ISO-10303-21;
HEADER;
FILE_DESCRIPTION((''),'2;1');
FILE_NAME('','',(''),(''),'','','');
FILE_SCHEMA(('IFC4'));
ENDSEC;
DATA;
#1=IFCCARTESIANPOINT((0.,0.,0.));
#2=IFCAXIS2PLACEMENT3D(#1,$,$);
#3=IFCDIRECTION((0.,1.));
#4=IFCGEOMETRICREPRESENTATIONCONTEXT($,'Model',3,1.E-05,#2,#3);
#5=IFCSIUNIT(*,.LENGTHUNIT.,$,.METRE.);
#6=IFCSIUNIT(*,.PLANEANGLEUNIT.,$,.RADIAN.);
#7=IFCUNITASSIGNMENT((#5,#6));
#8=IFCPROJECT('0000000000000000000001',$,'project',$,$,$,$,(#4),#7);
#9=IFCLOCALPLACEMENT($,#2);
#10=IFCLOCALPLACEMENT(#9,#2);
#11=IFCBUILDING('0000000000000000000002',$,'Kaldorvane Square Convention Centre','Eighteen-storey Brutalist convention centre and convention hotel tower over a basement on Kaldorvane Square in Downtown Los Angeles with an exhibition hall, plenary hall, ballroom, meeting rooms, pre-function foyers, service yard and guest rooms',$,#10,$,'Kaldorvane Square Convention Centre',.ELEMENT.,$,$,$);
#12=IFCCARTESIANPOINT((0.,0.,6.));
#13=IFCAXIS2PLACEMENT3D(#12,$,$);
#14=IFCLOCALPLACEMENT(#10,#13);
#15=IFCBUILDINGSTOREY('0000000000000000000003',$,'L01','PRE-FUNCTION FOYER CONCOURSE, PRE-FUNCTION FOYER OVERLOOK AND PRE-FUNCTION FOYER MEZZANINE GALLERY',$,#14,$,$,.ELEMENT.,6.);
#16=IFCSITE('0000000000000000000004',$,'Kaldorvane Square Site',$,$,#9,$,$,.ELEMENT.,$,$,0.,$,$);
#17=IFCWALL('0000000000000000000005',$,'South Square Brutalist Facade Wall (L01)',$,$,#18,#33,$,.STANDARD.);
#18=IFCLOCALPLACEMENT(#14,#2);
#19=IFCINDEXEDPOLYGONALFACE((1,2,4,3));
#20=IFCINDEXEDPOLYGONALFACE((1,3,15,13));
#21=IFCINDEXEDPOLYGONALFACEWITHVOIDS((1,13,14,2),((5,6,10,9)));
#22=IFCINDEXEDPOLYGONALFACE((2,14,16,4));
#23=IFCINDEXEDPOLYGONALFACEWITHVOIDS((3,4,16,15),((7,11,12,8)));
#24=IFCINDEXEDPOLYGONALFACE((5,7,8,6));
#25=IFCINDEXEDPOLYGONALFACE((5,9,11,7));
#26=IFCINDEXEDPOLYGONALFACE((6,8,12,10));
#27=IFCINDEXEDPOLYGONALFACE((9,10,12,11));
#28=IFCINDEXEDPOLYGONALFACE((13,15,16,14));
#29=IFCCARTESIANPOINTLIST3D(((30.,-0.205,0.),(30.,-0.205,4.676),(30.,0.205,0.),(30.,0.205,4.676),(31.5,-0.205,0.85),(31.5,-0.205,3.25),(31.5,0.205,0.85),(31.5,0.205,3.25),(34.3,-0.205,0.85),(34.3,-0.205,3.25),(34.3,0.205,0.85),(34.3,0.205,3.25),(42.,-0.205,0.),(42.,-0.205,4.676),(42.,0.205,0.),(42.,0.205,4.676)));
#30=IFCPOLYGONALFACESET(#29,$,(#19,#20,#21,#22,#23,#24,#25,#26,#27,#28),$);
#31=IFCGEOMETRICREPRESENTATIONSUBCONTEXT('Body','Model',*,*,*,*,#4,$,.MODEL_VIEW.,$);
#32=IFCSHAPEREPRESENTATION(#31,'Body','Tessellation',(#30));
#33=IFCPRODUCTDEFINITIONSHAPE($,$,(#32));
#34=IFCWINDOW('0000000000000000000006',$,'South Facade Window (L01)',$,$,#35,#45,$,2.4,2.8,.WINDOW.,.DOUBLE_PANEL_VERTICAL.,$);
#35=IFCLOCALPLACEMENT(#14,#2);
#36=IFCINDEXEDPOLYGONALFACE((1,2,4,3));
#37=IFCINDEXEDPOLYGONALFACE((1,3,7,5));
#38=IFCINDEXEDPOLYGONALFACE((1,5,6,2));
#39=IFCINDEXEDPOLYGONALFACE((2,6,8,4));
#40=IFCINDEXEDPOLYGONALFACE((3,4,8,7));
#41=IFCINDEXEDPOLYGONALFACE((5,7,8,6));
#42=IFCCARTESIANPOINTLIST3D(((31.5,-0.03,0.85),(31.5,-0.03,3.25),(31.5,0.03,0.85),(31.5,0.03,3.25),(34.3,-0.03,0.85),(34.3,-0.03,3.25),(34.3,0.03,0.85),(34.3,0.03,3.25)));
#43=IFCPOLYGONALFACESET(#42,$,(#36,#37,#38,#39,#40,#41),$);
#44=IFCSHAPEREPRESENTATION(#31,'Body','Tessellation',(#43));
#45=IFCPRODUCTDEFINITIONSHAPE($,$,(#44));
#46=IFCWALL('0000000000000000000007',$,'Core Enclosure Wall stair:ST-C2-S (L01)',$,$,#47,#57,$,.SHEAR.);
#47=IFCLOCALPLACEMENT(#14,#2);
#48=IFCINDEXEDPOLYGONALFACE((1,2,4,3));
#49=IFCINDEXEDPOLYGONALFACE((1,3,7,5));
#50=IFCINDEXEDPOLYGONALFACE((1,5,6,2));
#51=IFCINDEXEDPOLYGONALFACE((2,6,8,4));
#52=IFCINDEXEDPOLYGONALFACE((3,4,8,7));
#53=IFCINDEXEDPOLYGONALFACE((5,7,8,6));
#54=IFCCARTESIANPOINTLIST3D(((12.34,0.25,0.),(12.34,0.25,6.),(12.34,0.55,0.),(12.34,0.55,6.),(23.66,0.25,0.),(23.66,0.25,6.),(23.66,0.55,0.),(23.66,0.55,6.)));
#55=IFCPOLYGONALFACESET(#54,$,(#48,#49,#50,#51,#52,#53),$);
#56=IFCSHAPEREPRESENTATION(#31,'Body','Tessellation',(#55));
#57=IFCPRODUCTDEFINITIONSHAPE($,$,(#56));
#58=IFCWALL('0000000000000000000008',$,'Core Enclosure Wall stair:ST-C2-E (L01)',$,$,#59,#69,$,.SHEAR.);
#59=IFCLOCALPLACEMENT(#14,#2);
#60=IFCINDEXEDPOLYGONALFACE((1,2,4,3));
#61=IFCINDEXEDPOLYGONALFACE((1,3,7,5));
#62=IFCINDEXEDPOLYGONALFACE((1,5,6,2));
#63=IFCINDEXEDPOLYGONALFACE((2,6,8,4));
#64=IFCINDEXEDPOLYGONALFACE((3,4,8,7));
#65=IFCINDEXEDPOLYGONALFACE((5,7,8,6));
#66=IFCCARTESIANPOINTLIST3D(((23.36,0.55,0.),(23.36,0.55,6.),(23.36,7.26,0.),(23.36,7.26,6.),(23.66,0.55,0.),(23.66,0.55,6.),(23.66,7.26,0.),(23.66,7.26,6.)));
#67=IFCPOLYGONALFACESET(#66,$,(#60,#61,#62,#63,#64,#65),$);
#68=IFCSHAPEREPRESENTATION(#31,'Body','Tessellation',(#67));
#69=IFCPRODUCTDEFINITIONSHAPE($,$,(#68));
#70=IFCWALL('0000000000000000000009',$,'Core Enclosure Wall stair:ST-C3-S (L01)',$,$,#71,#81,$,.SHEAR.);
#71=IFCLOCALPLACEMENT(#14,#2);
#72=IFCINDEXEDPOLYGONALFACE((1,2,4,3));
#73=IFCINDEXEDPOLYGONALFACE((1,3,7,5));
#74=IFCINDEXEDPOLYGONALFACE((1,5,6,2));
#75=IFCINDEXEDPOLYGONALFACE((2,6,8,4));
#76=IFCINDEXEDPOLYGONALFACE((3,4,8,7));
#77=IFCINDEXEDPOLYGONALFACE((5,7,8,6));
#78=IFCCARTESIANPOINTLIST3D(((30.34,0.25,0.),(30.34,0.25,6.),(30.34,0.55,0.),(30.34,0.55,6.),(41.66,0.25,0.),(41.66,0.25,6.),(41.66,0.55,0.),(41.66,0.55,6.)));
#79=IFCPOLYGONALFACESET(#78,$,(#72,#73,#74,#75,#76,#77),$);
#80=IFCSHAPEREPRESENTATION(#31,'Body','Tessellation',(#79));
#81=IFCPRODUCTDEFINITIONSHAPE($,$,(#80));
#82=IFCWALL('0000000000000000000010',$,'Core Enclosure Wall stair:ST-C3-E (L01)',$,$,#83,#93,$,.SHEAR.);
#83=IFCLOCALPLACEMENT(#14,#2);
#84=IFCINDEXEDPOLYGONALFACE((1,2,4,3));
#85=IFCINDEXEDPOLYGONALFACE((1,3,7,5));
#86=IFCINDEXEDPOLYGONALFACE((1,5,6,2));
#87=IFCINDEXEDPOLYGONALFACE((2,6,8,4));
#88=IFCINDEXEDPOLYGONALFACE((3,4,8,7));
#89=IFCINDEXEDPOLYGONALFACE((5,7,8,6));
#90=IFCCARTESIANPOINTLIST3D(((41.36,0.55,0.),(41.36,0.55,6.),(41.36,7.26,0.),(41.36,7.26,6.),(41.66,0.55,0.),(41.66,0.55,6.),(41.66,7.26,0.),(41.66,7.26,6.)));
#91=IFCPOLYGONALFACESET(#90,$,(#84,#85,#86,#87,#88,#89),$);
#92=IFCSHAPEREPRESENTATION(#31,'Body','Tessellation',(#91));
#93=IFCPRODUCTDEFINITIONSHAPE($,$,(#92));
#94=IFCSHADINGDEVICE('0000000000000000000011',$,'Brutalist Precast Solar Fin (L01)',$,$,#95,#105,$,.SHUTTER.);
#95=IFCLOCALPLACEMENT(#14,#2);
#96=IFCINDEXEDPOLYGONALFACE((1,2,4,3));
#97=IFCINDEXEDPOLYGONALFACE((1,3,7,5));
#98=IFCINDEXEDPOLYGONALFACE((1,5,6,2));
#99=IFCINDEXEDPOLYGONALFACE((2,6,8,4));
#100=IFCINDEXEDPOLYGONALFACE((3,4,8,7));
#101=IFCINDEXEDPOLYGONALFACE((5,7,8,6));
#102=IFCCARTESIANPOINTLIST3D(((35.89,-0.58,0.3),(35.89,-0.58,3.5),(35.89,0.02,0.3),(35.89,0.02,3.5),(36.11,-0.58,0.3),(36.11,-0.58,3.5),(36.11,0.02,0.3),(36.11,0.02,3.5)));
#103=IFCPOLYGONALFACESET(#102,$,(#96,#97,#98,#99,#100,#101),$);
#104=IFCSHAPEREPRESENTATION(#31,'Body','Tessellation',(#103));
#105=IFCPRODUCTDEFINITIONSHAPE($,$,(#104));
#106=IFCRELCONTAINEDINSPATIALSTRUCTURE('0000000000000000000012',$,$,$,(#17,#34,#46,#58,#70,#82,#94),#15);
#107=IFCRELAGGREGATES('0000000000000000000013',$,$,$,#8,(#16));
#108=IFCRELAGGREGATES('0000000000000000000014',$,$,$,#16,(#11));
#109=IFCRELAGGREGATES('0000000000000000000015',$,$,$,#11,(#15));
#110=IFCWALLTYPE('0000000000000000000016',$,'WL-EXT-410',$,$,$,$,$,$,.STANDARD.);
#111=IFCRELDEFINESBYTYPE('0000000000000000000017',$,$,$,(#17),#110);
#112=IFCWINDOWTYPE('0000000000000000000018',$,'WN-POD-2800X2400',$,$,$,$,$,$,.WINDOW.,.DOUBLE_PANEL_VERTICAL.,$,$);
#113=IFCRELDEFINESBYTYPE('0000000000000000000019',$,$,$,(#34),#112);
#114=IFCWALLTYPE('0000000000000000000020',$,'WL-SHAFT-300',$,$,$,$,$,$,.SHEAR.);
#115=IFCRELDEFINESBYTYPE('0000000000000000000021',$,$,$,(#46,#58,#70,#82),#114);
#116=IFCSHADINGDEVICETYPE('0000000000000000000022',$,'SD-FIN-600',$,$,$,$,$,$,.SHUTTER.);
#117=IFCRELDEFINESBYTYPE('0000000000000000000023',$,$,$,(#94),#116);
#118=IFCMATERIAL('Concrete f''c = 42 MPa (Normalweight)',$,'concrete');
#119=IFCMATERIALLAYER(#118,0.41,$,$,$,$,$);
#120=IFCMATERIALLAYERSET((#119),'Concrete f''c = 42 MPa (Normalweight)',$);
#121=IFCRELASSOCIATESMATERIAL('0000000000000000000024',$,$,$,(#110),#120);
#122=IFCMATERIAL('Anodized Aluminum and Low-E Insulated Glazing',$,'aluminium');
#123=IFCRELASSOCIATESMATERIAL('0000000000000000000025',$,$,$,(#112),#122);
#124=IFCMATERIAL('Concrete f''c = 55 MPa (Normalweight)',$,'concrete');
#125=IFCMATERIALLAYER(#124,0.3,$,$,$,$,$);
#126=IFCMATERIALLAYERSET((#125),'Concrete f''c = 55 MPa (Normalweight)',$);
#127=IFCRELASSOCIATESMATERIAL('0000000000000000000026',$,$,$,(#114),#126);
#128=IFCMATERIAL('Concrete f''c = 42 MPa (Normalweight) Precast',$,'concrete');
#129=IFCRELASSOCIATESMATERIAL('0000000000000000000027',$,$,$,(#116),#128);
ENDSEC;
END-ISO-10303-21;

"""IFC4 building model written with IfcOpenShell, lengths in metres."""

from ifc_helpers import new_model, si_unit, direction, frame, frame_2d, origin, origin_2d, place, context, subcontext, project, spatial, rectangle, extrude, material, layer, layer_set, type_object, element, fill, save


model = new_model("IFC4")

# Units and contexts
model_context = context("Model", 3, precision=1e-05, world=origin(), true_north=direction((0.0, 1.0)))
body_context = subcontext(model_context, "Body", "Model", "MODEL_VIEW")
ifc_project = project(units=[si_unit("LENGTHUNIT", "METRE"), si_unit("PLANEANGLEUNIT", "RADIAN")], contexts=[model_context])

# Site, building, storey
site_placement = place(None, origin())
site = spatial("IfcSite", under=ifc_project, at=site_placement, Name="Kaldorvane Square Site", CompositionType="ELEMENT", RefElevation=0.0)
building_placement = place(site_placement, origin())
building = spatial("IfcBuilding", under=site, at=building_placement, Name="Kaldorvane Square Convention Centre", Description="Eighteen-storey Brutalist convention centre and convention hotel tower over a basement on Kaldorvane Square in Downtown Los Angeles with an exhibition hall, plenary hall, ballroom, meeting rooms, pre-function foyers, service yard and guest rooms", LongName="Kaldorvane Square Convention Centre", CompositionType="ELEMENT")
storey_placement = place(building_placement, frame((0.0, 0.0, 6.0)))
storey = spatial("IfcBuildingStorey", under=building, at=storey_placement, Name="L01", Description="PRE-FUNCTION FOYER CONCOURSE, PRE-FUNCTION FOYER OVERLOOK AND PRE-FUNCTION FOYER MEZZANINE GALLERY", CompositionType="ELEMENT", Elevation=6.0)

# Shared definitions
ifc_material_1 = material(Name="Concrete f'c = 55 MPa (Normalweight)", Category="concrete")

# Shared definitions
ifc_material_2 = material(Name="Concrete f'c = 42 MPa (Normalweight)", Category="concrete")

# Shared definitions
ifc_material_3 = material(Name="Anodized Aluminum and Low-E Insulated Glazing", Category="aluminium")

# Shared definitions
ifc_layer_1 = layer(ifc_material_2, 0.41)
ifc_layer_set_1 = layer_set([ifc_layer_1], Name="Concrete f'c = 42 MPa (Normalweight)")
wall_type_1 = type_object("IfcWallType", Name="WL-EXT-410", PredefinedType="STANDARD", material=ifc_layer_set_1)

# Wall, opening, window
wall_1_placement = place(storey_placement, frame((30.0, 0.0, 0.0), z_axis=(0.0, 0.0, 1.0), x_axis=(1.0, 0.0, 0.0)))
wall_1 = element("IfcWall", 1, at=wall_1_placement, inside=storey, type_object=wall_type_1, Name="South Square Brutalist Facade Wall (L01)", PredefinedType="STANDARD", context=body_context, shape_type="SweptSolid", body=[
    extrude(rectangle(XDim=12.0, YDim=0.41, at=frame_2d((6.0, 0.0))), origin(), (0.0, 0.0, 1.0), 4.676),
])
opening_placement = place(wall_1_placement, frame((1.5, 0.0, 0.85)))
opening = element("IfcOpeningElement", 2, at=opening_placement, cuts=wall_1, PredefinedType="OPENING", context=body_context, shape_type="SweptSolid", body=[
    extrude(rectangle(XDim=2.8, YDim=2.4, at=frame_2d((1.4, 1.2))), frame((0.0, 0.22, 0.0), z_axis=(0.0, -1.0, 0.0), x_axis=(1.0, 0.0, 0.0)), (0.0, 0.0, 1.0), 0.44),
])
window_type = type_object("IfcWindowType", Name="WN-POD-2800X2400", PartitioningType="DOUBLE_PANEL_VERTICAL", PredefinedType="WINDOW", material=ifc_material_3)
window_placement = place(opening_placement, origin())
window = element("IfcWindow", 3, at=window_placement, inside=storey, type_object=window_type, Name="South Facade Window (L01)", OverallHeight=2.4, OverallWidth=2.8, PartitioningType="DOUBLE_PANEL_VERTICAL", PredefinedType="WINDOW", context=body_context, shape_type="SweptSolid", body=[
    extrude(rectangle(XDim=2.8, YDim=2.4, at=frame_2d((1.4, 1.2))), frame((0.0, 0.03, 0.0), z_axis=(0.0, -1.0, 0.0), x_axis=(1.0, 0.0, 0.0)), (0.0, 0.0, 1.0), 0.06),
])
fill(opening, window)

# Walls
ifc_layer_2 = layer(ifc_material_1, 0.3)
ifc_layer_set_2 = layer_set([ifc_layer_2], Name="Concrete f'c = 55 MPa (Normalweight)")
wall_type_2 = type_object("IfcWallType", Name="WL-SHAFT-300", PredefinedType="SHEAR", material=ifc_layer_set_2)
wall_2_placement = place(storey_placement, frame((23.66, 0.4, 0.0), z_axis=(0.0, 0.0, 1.0), x_axis=(-1.0, 0.0, 0.0)))
element("IfcWall", 4, at=wall_2_placement, inside=storey, type_object=wall_type_2, Name="Core Enclosure Wall stair:ST-C2-S (L01)", PredefinedType="SHEAR", context=body_context, shape_type="SweptSolid", body=[
    extrude(rectangle(XDim=11.32, YDim=0.3, at=frame_2d((5.66, 0.0))), origin(), (0.0, 0.0, 1.0), 6.0),
])
wall_3_placement = place(storey_placement, frame((23.51, 0.55, 0.0), z_axis=(0.0, 0.0, 1.0), x_axis=(0.0, 1.0, 0.0)))
element("IfcWall", 5, at=wall_3_placement, inside=storey, type_object=wall_type_2, Name="Core Enclosure Wall stair:ST-C2-E (L01)", PredefinedType="SHEAR", context=body_context, shape_type="SweptSolid", body=[
    extrude(rectangle(XDim=6.71, YDim=0.3, at=frame_2d((3.355, 0.0))), origin(), (0.0, 0.0, 1.0), 6.0),
])
wall_4_placement = place(storey_placement, frame((41.66, 0.4, 0.0), z_axis=(0.0, 0.0, 1.0), x_axis=(-1.0, 0.0, 0.0)))
element("IfcWall", 6, at=wall_4_placement, inside=storey, type_object=wall_type_2, Name="Core Enclosure Wall stair:ST-C3-S (L01)", PredefinedType="SHEAR", context=body_context, shape_type="SweptSolid", body=[
    extrude(rectangle(XDim=11.32, YDim=0.3, at=frame_2d((5.66, 0.0))), origin(), (0.0, 0.0, 1.0), 6.0),
])
wall_5_placement = place(storey_placement, frame((41.51, 0.55, 0.0), z_axis=(0.0, 0.0, 1.0), x_axis=(0.0, 1.0, 0.0)))
element("IfcWall", 7, at=wall_5_placement, inside=storey, type_object=wall_type_2, Name="Core Enclosure Wall stair:ST-C3-E (L01)", PredefinedType="SHEAR", context=body_context, shape_type="SweptSolid", body=[
    extrude(rectangle(XDim=6.71, YDim=0.3, at=frame_2d((3.355, 0.0))), origin(), (0.0, 0.0, 1.0), 6.0),
])

# Shading device
ifc_material_4 = material(Name="Concrete f'c = 42 MPa (Normalweight) Precast", Category="concrete")
shading_device_type = type_object("IfcShadingDeviceType", Name="SD-FIN-600", PredefinedType="SHUTTER", material=ifc_material_4)
shading_device_placement = place(storey_placement, frame((36.0, -0.28, 0.3), z_axis=(0.0, 0.0, 1.0), x_axis=(1.0, 0.0, 0.0)))
element("IfcShadingDevice", 8, at=shading_device_placement, inside=storey, type_object=shading_device_type, Name="Brutalist Precast Solar Fin (L01)", PredefinedType="SHUTTER", context=body_context, shape_type="SweptSolid", body=[
    extrude(rectangle(XDim=0.22, YDim=0.6, at=origin_2d()), origin(), (0.0, 0.0, 1.0), 3.2),
])

save(model, "model.ifc")
